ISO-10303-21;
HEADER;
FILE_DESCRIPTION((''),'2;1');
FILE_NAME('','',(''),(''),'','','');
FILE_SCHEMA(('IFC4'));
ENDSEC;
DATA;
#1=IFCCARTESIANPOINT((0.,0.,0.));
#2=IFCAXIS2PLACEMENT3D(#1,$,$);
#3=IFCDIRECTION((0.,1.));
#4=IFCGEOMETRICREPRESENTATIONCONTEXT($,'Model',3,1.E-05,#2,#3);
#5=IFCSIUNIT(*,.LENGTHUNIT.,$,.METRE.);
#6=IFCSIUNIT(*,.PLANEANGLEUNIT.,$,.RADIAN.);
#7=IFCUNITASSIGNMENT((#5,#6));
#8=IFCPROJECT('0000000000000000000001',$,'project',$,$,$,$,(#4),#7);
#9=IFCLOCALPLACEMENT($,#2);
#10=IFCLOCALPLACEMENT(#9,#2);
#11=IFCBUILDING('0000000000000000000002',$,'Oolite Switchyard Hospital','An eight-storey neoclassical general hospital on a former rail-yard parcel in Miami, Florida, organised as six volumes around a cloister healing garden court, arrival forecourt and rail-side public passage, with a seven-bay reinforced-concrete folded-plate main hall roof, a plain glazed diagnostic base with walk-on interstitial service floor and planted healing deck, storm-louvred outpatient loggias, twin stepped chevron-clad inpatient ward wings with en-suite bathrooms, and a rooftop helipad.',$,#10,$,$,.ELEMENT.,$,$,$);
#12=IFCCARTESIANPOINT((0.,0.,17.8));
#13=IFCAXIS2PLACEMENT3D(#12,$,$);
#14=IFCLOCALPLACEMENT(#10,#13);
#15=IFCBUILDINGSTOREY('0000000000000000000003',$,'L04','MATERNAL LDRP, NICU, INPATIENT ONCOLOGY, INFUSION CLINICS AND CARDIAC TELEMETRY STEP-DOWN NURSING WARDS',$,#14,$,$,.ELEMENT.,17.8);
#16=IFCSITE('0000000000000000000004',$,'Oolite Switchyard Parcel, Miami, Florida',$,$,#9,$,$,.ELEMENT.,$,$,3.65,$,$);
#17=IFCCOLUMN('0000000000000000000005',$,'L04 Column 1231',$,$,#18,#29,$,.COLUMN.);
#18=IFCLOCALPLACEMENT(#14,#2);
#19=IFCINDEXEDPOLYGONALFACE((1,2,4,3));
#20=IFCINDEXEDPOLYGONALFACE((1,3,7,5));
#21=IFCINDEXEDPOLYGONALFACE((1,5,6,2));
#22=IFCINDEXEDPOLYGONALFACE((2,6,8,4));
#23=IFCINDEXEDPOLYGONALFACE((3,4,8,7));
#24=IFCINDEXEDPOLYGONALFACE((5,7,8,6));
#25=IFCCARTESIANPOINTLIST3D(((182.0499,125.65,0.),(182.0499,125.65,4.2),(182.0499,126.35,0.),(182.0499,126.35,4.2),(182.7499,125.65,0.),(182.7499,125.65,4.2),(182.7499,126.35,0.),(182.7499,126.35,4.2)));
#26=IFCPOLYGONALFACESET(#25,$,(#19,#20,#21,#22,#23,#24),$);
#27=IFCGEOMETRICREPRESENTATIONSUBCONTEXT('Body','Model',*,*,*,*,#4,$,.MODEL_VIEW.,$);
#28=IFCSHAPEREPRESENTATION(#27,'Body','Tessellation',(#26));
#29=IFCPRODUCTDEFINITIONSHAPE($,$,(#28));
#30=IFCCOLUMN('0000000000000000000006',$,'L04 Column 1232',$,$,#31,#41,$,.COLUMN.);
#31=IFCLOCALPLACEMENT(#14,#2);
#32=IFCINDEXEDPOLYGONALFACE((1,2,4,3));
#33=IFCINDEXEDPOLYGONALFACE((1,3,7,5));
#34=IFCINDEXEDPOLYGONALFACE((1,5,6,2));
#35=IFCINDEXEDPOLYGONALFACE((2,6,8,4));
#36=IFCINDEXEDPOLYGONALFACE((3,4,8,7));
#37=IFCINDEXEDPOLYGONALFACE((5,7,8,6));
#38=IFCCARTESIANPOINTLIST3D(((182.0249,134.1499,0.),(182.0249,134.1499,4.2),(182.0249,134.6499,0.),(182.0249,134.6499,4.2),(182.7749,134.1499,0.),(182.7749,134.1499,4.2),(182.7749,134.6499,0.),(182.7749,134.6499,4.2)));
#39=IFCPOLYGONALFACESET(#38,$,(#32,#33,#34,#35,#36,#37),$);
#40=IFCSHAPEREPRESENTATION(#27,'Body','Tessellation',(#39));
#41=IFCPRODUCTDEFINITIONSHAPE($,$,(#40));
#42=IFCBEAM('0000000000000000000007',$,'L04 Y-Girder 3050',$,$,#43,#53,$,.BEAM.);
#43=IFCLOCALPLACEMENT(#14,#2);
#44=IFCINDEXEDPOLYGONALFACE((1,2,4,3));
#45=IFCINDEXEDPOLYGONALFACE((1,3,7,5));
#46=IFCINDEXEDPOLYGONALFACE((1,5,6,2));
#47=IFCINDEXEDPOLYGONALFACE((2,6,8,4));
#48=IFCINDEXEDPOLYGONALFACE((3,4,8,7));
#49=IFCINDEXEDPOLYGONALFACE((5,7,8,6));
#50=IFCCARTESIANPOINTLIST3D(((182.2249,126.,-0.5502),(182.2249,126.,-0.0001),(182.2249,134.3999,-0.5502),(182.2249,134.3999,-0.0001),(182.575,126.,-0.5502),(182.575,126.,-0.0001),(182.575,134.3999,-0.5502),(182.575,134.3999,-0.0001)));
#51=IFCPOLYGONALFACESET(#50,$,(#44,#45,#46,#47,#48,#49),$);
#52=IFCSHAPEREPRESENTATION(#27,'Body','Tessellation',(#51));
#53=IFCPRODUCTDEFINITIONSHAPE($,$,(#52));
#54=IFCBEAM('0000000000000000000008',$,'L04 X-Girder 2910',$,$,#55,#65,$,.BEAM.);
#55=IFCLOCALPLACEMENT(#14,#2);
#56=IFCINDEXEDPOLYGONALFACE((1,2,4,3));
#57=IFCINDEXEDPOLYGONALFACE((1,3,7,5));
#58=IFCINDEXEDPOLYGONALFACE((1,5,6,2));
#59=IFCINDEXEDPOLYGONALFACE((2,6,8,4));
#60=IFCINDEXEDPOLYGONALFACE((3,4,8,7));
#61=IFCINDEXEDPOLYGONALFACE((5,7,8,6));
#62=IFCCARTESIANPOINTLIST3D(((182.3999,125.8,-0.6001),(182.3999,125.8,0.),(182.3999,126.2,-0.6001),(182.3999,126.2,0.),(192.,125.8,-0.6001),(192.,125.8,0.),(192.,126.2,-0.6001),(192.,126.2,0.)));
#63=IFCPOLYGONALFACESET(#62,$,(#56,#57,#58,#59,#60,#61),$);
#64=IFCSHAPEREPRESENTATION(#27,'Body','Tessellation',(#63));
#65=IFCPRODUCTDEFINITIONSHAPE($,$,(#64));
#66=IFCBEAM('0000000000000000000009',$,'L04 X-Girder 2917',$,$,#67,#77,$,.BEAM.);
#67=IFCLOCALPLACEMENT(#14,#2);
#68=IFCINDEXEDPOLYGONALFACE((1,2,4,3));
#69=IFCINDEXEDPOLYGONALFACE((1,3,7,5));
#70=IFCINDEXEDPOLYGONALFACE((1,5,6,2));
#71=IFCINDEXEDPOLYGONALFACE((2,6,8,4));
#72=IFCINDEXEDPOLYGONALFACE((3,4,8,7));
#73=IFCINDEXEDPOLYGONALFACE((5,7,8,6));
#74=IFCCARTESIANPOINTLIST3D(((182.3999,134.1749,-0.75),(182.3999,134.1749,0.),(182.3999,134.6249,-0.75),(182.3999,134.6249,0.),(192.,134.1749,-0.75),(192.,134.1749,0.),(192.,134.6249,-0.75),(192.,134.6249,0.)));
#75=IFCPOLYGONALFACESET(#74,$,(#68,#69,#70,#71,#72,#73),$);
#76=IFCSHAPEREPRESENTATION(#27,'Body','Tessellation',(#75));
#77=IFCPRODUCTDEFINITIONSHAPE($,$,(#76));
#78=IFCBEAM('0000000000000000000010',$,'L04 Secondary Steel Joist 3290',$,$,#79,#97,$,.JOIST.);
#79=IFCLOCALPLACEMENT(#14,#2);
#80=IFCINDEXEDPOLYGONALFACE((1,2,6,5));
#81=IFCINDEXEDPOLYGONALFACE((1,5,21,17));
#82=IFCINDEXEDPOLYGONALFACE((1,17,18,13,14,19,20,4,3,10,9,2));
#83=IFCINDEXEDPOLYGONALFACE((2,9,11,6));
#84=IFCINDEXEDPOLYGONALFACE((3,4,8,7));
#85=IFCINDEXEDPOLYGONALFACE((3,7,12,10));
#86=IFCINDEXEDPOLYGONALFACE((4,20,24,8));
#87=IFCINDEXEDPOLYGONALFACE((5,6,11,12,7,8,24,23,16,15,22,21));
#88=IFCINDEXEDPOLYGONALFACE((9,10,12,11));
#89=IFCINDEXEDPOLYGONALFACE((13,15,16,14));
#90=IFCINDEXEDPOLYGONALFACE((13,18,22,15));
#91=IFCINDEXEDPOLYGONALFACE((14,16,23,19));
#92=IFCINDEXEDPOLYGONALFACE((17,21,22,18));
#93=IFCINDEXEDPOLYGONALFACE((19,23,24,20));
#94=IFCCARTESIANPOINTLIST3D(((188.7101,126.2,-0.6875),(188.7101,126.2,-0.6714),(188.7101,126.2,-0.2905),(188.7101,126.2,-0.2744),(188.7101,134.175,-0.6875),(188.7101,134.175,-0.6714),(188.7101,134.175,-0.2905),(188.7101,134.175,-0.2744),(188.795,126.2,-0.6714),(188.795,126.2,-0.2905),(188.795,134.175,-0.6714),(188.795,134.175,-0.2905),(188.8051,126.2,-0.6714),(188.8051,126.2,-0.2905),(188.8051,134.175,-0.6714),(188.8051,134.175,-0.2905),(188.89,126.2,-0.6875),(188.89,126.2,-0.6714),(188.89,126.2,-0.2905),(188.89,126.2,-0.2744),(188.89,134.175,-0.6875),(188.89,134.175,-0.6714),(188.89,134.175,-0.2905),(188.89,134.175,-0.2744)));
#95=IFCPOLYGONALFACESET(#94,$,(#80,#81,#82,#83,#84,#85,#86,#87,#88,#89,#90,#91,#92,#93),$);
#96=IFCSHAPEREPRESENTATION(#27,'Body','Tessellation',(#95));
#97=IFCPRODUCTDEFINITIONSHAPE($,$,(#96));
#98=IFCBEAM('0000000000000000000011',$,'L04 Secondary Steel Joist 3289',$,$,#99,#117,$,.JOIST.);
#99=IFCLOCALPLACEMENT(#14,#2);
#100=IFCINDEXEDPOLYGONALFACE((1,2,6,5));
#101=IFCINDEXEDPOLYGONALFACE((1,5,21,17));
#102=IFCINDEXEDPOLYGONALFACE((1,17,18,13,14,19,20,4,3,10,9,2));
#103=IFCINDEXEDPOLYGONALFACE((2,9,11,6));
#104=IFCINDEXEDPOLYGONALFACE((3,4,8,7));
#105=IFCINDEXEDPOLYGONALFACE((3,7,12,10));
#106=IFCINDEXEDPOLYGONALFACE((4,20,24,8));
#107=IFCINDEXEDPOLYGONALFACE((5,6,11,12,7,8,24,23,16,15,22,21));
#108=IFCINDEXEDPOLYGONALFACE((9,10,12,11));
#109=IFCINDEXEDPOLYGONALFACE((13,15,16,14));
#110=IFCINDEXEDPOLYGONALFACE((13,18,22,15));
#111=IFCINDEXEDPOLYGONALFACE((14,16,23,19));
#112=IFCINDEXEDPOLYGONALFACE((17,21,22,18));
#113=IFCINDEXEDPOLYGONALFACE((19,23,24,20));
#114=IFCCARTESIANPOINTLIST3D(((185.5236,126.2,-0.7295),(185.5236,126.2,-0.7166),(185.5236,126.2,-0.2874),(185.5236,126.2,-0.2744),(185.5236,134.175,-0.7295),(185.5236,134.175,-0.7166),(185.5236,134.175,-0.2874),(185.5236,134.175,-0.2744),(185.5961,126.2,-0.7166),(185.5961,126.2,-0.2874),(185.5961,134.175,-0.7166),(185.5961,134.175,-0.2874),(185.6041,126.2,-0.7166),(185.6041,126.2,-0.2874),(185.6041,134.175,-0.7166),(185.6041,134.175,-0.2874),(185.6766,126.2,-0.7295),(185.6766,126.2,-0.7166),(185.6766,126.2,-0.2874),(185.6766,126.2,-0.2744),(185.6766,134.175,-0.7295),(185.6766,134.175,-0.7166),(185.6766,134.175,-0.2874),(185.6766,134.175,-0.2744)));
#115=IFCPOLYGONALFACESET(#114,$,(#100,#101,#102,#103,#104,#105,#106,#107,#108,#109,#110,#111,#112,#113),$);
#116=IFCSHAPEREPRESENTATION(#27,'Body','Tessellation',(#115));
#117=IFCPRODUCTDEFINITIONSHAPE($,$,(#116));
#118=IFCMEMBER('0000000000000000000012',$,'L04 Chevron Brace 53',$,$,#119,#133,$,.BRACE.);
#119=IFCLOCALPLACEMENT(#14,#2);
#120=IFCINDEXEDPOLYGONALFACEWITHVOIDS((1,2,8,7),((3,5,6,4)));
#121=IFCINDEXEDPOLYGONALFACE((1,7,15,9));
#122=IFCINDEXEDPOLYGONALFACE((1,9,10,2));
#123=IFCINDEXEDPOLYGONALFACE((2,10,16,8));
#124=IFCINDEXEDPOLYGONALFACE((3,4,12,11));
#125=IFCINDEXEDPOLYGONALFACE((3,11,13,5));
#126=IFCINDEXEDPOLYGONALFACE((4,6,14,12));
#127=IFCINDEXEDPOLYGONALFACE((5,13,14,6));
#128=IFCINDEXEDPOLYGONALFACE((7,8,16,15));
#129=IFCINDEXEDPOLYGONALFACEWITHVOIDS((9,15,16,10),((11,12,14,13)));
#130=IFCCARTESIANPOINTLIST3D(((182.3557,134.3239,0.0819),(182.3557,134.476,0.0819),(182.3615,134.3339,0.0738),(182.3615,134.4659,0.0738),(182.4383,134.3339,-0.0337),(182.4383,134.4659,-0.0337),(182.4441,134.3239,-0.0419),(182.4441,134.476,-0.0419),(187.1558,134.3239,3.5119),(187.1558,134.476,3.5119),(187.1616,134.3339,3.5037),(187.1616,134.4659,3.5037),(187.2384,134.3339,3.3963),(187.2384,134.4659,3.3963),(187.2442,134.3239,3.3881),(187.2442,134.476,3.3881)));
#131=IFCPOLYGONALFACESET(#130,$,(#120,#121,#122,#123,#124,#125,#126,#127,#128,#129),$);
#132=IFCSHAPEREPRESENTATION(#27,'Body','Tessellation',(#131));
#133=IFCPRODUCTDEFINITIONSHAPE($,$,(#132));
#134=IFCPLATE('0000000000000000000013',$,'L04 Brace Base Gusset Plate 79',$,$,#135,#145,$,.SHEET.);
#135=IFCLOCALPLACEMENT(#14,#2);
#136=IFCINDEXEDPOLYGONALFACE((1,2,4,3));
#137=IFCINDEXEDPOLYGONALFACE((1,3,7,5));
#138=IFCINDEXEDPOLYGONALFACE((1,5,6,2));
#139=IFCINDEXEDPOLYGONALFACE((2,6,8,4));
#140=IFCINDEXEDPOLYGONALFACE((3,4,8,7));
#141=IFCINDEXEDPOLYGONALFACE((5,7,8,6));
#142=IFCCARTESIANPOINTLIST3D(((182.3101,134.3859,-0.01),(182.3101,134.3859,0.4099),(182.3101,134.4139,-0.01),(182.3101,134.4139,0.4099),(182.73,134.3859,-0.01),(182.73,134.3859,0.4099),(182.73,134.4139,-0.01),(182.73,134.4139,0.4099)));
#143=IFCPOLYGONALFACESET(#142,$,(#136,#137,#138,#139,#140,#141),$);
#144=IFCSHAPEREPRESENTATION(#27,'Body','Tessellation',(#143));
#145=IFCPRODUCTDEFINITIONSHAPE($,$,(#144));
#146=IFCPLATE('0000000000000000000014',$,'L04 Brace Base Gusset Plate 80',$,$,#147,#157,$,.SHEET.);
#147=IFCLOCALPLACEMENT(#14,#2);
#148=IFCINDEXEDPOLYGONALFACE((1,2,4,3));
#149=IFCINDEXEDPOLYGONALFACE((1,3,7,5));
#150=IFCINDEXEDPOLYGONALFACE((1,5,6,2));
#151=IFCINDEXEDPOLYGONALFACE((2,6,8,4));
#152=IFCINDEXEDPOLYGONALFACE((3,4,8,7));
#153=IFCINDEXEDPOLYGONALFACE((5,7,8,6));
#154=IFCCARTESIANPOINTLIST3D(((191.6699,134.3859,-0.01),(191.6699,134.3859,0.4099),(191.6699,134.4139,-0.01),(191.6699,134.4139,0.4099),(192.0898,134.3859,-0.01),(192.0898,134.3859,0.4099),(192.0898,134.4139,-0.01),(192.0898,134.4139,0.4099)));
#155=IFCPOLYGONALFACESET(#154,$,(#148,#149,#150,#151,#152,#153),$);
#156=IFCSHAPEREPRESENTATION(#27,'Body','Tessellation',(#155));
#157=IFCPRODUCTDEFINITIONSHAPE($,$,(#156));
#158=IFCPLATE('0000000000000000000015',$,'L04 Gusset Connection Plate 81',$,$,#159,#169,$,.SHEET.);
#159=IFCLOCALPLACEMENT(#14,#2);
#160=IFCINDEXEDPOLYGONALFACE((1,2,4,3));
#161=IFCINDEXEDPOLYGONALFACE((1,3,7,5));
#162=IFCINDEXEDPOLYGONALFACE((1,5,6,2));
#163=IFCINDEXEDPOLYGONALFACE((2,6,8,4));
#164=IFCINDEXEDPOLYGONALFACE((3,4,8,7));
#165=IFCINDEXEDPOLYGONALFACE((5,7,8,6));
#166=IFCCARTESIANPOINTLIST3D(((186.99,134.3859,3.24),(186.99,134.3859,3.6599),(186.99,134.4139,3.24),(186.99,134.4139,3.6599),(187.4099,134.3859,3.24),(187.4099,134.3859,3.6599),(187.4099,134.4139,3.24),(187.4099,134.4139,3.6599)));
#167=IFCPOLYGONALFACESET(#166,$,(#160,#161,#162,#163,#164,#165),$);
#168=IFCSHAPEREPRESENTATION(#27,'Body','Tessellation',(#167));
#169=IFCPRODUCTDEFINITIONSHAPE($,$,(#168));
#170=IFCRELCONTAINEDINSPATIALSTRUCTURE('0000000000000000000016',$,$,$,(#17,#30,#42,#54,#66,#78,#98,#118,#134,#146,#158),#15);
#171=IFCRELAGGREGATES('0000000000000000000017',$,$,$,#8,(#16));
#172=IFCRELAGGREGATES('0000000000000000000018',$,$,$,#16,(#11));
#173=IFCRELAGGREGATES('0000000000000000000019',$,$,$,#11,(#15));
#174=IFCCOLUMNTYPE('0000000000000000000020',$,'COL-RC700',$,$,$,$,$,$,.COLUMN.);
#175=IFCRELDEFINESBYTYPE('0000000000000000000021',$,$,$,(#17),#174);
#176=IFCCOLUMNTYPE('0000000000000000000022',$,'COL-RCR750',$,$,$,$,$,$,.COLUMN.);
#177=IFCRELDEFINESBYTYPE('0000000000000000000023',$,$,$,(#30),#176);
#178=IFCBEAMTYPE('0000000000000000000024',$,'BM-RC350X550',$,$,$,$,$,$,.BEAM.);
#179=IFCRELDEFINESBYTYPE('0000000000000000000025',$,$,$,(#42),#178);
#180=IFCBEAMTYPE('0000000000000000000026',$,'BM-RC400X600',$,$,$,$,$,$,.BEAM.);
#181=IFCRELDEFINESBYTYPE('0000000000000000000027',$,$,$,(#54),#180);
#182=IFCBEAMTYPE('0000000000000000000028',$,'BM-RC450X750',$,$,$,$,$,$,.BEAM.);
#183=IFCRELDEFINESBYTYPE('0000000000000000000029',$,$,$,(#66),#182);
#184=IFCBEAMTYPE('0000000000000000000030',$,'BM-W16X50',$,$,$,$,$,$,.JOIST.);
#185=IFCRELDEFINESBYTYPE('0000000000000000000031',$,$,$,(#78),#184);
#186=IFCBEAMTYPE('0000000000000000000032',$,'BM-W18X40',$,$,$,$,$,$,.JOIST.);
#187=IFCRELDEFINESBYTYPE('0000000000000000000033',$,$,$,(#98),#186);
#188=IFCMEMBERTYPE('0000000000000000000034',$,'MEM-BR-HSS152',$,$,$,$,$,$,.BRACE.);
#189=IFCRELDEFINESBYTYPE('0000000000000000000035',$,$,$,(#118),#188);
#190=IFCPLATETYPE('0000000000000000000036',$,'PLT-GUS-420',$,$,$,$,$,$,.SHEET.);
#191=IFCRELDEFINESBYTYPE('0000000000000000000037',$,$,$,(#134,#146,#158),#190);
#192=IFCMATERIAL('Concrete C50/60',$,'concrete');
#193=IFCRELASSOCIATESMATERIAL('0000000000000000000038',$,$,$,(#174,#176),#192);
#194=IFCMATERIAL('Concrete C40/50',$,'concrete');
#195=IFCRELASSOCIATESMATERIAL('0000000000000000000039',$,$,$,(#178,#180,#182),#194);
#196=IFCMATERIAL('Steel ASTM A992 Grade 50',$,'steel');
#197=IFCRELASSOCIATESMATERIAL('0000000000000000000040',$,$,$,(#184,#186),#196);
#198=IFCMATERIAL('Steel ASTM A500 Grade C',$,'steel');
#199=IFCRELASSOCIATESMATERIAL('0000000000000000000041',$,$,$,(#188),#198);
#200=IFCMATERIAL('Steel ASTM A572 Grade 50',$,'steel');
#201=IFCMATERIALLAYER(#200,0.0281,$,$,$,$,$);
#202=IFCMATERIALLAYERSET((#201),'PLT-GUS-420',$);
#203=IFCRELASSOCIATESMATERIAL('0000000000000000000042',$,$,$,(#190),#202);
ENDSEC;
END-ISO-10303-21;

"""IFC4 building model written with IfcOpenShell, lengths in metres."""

from ifc_helpers import new_model, si_unit, direction, frame, origin, origin_2d, place, context, subcontext, project, spatial, rectangle, hollow_rectangle, i_section, extrude, material, layer, layer_set, material_profile, profile_set, type_object, element, save


model = new_model("IFC4")

# Units and contexts
model_context = context("Model", 3, precision=1e-05, world=origin(), true_north=direction((0.0, 1.0)))
body_context = subcontext(model_context, "Body", "Model", "MODEL_VIEW")
ifc_project = project(units=[si_unit("LENGTHUNIT", "METRE"), si_unit("PLANEANGLEUNIT", "RADIAN")], contexts=[model_context])

# Site, building, storey
site_placement = place(None, origin())
site = spatial("IfcSite", under=ifc_project, at=site_placement, Name="Oolite Switchyard Parcel, Miami, Florida", CompositionType="ELEMENT", RefElevation=3.65)
building_placement = place(site_placement, origin())
building = spatial("IfcBuilding", under=site, at=building_placement, Name="Oolite Switchyard Hospital", Description="An eight-storey neoclassical general hospital on a former rail-yard parcel in Miami, Florida, organised as six volumes around a cloister healing garden court, arrival forecourt and rail-side public passage, with a seven-bay reinforced-concrete folded-plate main hall roof, a plain glazed diagnostic base with walk-on interstitial service floor and planted healing deck, storm-louvred outpatient loggias, twin stepped chevron-clad inpatient ward wings with en-suite bathrooms, and a rooftop helipad.", CompositionType="ELEMENT")
storey_placement = place(building_placement, frame((0.0, 0.0, 17.8)))
storey = spatial("IfcBuildingStorey", under=building, at=storey_placement, Name="L04", Description="MATERNAL LDRP, NICU, INPATIENT ONCOLOGY, INFUSION CLINICS AND CARDIAC TELEMETRY STEP-DOWN NURSING WARDS", CompositionType="ELEMENT", Elevation=17.8)

# Columns
ifc_material_1 = material(Name="Concrete C50/60", Category="concrete")
ifc_material_profile_1 = material_profile(ifc_material_1, rectangle(XDim=0.7, YDim=0.7, at=origin_2d()), Name="RC700X700")
ifc_profile_set_1 = profile_set([ifc_material_profile_1], Name="Concrete C50/60")
column_type_1 = type_object("IfcColumnType", Name="COL-RC700", PredefinedType="COLUMN", material=ifc_profile_set_1)
column_1_placement = place(storey_placement, frame((182.3999, 126.0, 0.0), z_axis=(0.0, 0.0, 1.0), x_axis=(1.0, 0.0, 0.0)))
element("IfcColumn", 1, at=column_1_placement, inside=storey, type_object=column_type_1, Name="L04 Column 1231", PredefinedType="COLUMN", context=body_context, shape_type="SweptSolid", body=[
    extrude(rectangle(XDim=0.7, YDim=0.7, at=origin_2d()), origin(), (0.0, 0.0, 1.0), 4.2),
])
ifc_material_profile_2 = material_profile(ifc_material_1, rectangle(XDim=0.75, YDim=0.5, at=origin_2d()), Name="RC750X500")
ifc_profile_set_2 = profile_set([ifc_material_profile_2], Name="Concrete C50/60")
column_type_2 = type_object("IfcColumnType", Name="COL-RCR750", PredefinedType="COLUMN", material=ifc_profile_set_2)
column_2_placement = place(storey_placement, frame((182.3999, 134.3999, 0.0), z_axis=(0.0, 0.0, 1.0), x_axis=(1.0, 0.0, 0.0)))
element("IfcColumn", 2, at=column_2_placement, inside=storey, type_object=column_type_2, Name="L04 Column 1232", PredefinedType="COLUMN", context=body_context, shape_type="SweptSolid", body=[
    extrude(rectangle(XDim=0.75, YDim=0.5, at=origin_2d()), origin(), (0.0, 0.0, 1.0), 4.2),
])

# Beams
ifc_material_2 = material(Name="Concrete C40/50", Category="concrete")
ifc_material_profile_3 = material_profile(ifc_material_2, rectangle(XDim=0.3501, YDim=0.55, at=origin_2d()), Name="RCB350X550")
ifc_profile_set_3 = profile_set([ifc_material_profile_3], Name="Concrete C40/50")
beam_type_1 = type_object("IfcBeamType", Name="BM-RC350X550", PredefinedType="BEAM", material=ifc_profile_set_3)
beam_1_placement = place(storey_placement, frame((182.3999, 126.0, -0.2751), z_axis=(0.0, 1.0, 0.0), x_axis=(-1.0, 0.0, 0.0)))
element("IfcBeam", 3, at=beam_1_placement, inside=storey, type_object=beam_type_1, Name="L04 Y-Girder 3050", PredefinedType="BEAM", context=body_context, shape_type="SweptSolid", body=[
    extrude(rectangle(XDim=0.3501, YDim=0.55, at=origin_2d()), origin(), (0.0, 0.0, 1.0), 8.3999),
])
ifc_material_profile_4 = material_profile(ifc_material_2, rectangle(XDim=0.3999, YDim=0.6001, at=origin_2d()), Name="RCB400X600")
ifc_profile_set_4 = profile_set([ifc_material_profile_4], Name="Concrete C40/50")
beam_type_2 = type_object("IfcBeamType", Name="BM-RC400X600", PredefinedType="BEAM", material=ifc_profile_set_4)
beam_2_placement = place(storey_placement, frame((182.3999, 126.0, -0.3), z_axis=(1.0, 0.0, 0.0), x_axis=(0.0, 1.0, 0.0)))
element("IfcBeam", 4, at=beam_2_placement, inside=storey, type_object=beam_type_2, Name="L04 X-Girder 2910", PredefinedType="BEAM", context=body_context, shape_type="SweptSolid", body=[
    extrude(rectangle(XDim=0.3999, YDim=0.6001, at=origin_2d()), origin(), (0.0, 0.0, 1.0), 9.6001),
])
ifc_material_profile_5 = material_profile(ifc_material_2, rectangle(XDim=0.45, YDim=0.75, at=origin_2d()), Name="RCB450X750")
ifc_profile_set_5 = profile_set([ifc_material_profile_5], Name="Concrete C40/50")
beam_type_3 = type_object("IfcBeamType", Name="BM-RC450X750", PredefinedType="BEAM", material=ifc_profile_set_5)
beam_3_placement = place(storey_placement, frame((182.3999, 134.3999, -0.375), z_axis=(1.0, 0.0, 0.0), x_axis=(0.0, 1.0, 0.0)))
element("IfcBeam", 5, at=beam_3_placement, inside=storey, type_object=beam_type_3, Name="L04 X-Girder 2917", PredefinedType="BEAM", context=body_context, shape_type="SweptSolid", body=[
    extrude(rectangle(XDim=0.45, YDim=0.75, at=origin_2d()), origin(), (0.0, 0.0, 1.0), 9.6001),
])
ifc_material_3 = material(Name="Steel ASTM A992 Grade 50", Category="steel")
ifc_material_profile_6 = material_profile(ifc_material_3, i_section(OverallWidth=0.1799, OverallDepth=0.4131, WebThickness=0.01, FlangeThickness=0.0161, at=origin_2d()), Name="W16X50")
ifc_profile_set_6 = profile_set([ifc_material_profile_6], Name="Steel ASTM A992 Grade 50")
beam_type_4 = type_object("IfcBeamType", Name="BM-W16X50", PredefinedType="JOIST", material=ifc_profile_set_6)
beam_4_placement = place(storey_placement, frame((188.8, 126.2, -0.481), z_axis=(0.0, 1.0, 0.0), x_axis=(-1.0, 0.0, 0.0)))
element("IfcBeam", 6, at=beam_4_placement, inside=storey, type_object=beam_type_4, Name="L04 Secondary Steel Joist 3290", PredefinedType="JOIST", context=body_context, shape_type="SweptSolid", body=[
    extrude(i_section(OverallWidth=0.1799, OverallDepth=0.4131, WebThickness=0.01, FlangeThickness=0.0161, at=origin_2d()), origin(), (0.0, 0.0, 1.0), 7.9751),
])
ifc_material_profile_7 = material_profile(ifc_material_3, i_section(OverallWidth=0.1531, OverallDepth=0.4551, WebThickness=0.0081, FlangeThickness=0.0129, at=origin_2d()), Name="W18X40")
ifc_profile_set_7 = profile_set([ifc_material_profile_7], Name="Steel ASTM A992 Grade 50")
beam_type_5 = type_object("IfcBeamType", Name="BM-W18X40", PredefinedType="JOIST", material=ifc_profile_set_7)
beam_5_placement = place(storey_placement, frame((185.6001, 126.2, -0.502), z_axis=(0.0, 1.0, 0.0), x_axis=(-1.0, 0.0, 0.0)))
element("IfcBeam", 7, at=beam_5_placement, inside=storey, type_object=beam_type_5, Name="L04 Secondary Steel Joist 3289", PredefinedType="JOIST", context=body_context, shape_type="SweptSolid", body=[
    extrude(i_section(OverallWidth=0.1531, OverallDepth=0.4551, WebThickness=0.0081, FlangeThickness=0.0129, at=origin_2d()), origin(), (0.0, 0.0, 1.0), 7.9751),
])

# Member
ifc_material_4 = material(Name="Steel ASTM A500 Grade C", Category="steel")
ifc_material_profile_8 = material_profile(ifc_material_4, hollow_rectangle(XDim=0.1521, YDim=0.1521, WallThickness=0.01, at=origin_2d()), Name="HSS152X152X10")
ifc_profile_set_8 = profile_set([ifc_material_profile_8], Name="Steel ASTM A500 Grade C")
member_type = type_object("IfcMemberType", Name="MEM-BR-HSS152", PredefinedType="BRACE", material=ifc_profile_set_8)
member_placement = place(storey_placement, frame((182.3999, 134.3999, 0.02), z_axis=(0.813627, 0.0, 0.581387), x_axis=(0.0, 1.0, 0.0)))
element("IfcMember", 8, at=member_placement, inside=storey, type_object=member_type, Name="L04 Chevron Brace 53", PredefinedType="BRACE", context=body_context, shape_type="SweptSolid", body=[
    extrude(hollow_rectangle(XDim=0.1521, YDim=0.1521, WallThickness=0.01, at=origin_2d()), origin(), (0.0, 0.0, 1.0), 5.8997),
])

# Plates
ifc_material_5 = material(Name="Steel ASTM A572 Grade 50", Category="steel")
ifc_layer_1 = layer(ifc_material_5, 0.0281)
ifc_layer_set_1 = layer_set([ifc_layer_1], Name="PLT-GUS-420")
plate_type = type_object("IfcPlateType", Name="PLT-GUS-420", PredefinedType="SHEET", material=ifc_layer_set_1)
for number, where, z_axis, x_axis, name in (
    (9, (182.52, 134.3999, -0.01), (0.0, 0.0, 1.0), (1.0, 0.0, 0.0), "L04 Brace Base Gusset Plate 79"),
    (10, (191.8799, 134.3999, -0.01), (0.0, 0.0, 1.0), (1.0, 0.0, 0.0), "L04 Brace Base Gusset Plate 80"),
    (11, (187.2, 134.3999, 3.24), (0.0, 0.0, 1.0), (1.0, 0.0, 0.0), "L04 Gusset Connection Plate 81"),
):
    element("IfcPlate", number, at=place(storey_placement, frame(where, z_axis=z_axis, x_axis=x_axis)), inside=storey, type_object=plate_type, Name=name, PredefinedType="SHEET", context=body_context, shape_type="SweptSolid", body=[
        extrude(rectangle(XDim=0.4199, YDim=0.0281, at=origin_2d()), origin(), (0.0, 0.0, 1.0), 0.4199),
    ])

save(model, "model.ifc")
